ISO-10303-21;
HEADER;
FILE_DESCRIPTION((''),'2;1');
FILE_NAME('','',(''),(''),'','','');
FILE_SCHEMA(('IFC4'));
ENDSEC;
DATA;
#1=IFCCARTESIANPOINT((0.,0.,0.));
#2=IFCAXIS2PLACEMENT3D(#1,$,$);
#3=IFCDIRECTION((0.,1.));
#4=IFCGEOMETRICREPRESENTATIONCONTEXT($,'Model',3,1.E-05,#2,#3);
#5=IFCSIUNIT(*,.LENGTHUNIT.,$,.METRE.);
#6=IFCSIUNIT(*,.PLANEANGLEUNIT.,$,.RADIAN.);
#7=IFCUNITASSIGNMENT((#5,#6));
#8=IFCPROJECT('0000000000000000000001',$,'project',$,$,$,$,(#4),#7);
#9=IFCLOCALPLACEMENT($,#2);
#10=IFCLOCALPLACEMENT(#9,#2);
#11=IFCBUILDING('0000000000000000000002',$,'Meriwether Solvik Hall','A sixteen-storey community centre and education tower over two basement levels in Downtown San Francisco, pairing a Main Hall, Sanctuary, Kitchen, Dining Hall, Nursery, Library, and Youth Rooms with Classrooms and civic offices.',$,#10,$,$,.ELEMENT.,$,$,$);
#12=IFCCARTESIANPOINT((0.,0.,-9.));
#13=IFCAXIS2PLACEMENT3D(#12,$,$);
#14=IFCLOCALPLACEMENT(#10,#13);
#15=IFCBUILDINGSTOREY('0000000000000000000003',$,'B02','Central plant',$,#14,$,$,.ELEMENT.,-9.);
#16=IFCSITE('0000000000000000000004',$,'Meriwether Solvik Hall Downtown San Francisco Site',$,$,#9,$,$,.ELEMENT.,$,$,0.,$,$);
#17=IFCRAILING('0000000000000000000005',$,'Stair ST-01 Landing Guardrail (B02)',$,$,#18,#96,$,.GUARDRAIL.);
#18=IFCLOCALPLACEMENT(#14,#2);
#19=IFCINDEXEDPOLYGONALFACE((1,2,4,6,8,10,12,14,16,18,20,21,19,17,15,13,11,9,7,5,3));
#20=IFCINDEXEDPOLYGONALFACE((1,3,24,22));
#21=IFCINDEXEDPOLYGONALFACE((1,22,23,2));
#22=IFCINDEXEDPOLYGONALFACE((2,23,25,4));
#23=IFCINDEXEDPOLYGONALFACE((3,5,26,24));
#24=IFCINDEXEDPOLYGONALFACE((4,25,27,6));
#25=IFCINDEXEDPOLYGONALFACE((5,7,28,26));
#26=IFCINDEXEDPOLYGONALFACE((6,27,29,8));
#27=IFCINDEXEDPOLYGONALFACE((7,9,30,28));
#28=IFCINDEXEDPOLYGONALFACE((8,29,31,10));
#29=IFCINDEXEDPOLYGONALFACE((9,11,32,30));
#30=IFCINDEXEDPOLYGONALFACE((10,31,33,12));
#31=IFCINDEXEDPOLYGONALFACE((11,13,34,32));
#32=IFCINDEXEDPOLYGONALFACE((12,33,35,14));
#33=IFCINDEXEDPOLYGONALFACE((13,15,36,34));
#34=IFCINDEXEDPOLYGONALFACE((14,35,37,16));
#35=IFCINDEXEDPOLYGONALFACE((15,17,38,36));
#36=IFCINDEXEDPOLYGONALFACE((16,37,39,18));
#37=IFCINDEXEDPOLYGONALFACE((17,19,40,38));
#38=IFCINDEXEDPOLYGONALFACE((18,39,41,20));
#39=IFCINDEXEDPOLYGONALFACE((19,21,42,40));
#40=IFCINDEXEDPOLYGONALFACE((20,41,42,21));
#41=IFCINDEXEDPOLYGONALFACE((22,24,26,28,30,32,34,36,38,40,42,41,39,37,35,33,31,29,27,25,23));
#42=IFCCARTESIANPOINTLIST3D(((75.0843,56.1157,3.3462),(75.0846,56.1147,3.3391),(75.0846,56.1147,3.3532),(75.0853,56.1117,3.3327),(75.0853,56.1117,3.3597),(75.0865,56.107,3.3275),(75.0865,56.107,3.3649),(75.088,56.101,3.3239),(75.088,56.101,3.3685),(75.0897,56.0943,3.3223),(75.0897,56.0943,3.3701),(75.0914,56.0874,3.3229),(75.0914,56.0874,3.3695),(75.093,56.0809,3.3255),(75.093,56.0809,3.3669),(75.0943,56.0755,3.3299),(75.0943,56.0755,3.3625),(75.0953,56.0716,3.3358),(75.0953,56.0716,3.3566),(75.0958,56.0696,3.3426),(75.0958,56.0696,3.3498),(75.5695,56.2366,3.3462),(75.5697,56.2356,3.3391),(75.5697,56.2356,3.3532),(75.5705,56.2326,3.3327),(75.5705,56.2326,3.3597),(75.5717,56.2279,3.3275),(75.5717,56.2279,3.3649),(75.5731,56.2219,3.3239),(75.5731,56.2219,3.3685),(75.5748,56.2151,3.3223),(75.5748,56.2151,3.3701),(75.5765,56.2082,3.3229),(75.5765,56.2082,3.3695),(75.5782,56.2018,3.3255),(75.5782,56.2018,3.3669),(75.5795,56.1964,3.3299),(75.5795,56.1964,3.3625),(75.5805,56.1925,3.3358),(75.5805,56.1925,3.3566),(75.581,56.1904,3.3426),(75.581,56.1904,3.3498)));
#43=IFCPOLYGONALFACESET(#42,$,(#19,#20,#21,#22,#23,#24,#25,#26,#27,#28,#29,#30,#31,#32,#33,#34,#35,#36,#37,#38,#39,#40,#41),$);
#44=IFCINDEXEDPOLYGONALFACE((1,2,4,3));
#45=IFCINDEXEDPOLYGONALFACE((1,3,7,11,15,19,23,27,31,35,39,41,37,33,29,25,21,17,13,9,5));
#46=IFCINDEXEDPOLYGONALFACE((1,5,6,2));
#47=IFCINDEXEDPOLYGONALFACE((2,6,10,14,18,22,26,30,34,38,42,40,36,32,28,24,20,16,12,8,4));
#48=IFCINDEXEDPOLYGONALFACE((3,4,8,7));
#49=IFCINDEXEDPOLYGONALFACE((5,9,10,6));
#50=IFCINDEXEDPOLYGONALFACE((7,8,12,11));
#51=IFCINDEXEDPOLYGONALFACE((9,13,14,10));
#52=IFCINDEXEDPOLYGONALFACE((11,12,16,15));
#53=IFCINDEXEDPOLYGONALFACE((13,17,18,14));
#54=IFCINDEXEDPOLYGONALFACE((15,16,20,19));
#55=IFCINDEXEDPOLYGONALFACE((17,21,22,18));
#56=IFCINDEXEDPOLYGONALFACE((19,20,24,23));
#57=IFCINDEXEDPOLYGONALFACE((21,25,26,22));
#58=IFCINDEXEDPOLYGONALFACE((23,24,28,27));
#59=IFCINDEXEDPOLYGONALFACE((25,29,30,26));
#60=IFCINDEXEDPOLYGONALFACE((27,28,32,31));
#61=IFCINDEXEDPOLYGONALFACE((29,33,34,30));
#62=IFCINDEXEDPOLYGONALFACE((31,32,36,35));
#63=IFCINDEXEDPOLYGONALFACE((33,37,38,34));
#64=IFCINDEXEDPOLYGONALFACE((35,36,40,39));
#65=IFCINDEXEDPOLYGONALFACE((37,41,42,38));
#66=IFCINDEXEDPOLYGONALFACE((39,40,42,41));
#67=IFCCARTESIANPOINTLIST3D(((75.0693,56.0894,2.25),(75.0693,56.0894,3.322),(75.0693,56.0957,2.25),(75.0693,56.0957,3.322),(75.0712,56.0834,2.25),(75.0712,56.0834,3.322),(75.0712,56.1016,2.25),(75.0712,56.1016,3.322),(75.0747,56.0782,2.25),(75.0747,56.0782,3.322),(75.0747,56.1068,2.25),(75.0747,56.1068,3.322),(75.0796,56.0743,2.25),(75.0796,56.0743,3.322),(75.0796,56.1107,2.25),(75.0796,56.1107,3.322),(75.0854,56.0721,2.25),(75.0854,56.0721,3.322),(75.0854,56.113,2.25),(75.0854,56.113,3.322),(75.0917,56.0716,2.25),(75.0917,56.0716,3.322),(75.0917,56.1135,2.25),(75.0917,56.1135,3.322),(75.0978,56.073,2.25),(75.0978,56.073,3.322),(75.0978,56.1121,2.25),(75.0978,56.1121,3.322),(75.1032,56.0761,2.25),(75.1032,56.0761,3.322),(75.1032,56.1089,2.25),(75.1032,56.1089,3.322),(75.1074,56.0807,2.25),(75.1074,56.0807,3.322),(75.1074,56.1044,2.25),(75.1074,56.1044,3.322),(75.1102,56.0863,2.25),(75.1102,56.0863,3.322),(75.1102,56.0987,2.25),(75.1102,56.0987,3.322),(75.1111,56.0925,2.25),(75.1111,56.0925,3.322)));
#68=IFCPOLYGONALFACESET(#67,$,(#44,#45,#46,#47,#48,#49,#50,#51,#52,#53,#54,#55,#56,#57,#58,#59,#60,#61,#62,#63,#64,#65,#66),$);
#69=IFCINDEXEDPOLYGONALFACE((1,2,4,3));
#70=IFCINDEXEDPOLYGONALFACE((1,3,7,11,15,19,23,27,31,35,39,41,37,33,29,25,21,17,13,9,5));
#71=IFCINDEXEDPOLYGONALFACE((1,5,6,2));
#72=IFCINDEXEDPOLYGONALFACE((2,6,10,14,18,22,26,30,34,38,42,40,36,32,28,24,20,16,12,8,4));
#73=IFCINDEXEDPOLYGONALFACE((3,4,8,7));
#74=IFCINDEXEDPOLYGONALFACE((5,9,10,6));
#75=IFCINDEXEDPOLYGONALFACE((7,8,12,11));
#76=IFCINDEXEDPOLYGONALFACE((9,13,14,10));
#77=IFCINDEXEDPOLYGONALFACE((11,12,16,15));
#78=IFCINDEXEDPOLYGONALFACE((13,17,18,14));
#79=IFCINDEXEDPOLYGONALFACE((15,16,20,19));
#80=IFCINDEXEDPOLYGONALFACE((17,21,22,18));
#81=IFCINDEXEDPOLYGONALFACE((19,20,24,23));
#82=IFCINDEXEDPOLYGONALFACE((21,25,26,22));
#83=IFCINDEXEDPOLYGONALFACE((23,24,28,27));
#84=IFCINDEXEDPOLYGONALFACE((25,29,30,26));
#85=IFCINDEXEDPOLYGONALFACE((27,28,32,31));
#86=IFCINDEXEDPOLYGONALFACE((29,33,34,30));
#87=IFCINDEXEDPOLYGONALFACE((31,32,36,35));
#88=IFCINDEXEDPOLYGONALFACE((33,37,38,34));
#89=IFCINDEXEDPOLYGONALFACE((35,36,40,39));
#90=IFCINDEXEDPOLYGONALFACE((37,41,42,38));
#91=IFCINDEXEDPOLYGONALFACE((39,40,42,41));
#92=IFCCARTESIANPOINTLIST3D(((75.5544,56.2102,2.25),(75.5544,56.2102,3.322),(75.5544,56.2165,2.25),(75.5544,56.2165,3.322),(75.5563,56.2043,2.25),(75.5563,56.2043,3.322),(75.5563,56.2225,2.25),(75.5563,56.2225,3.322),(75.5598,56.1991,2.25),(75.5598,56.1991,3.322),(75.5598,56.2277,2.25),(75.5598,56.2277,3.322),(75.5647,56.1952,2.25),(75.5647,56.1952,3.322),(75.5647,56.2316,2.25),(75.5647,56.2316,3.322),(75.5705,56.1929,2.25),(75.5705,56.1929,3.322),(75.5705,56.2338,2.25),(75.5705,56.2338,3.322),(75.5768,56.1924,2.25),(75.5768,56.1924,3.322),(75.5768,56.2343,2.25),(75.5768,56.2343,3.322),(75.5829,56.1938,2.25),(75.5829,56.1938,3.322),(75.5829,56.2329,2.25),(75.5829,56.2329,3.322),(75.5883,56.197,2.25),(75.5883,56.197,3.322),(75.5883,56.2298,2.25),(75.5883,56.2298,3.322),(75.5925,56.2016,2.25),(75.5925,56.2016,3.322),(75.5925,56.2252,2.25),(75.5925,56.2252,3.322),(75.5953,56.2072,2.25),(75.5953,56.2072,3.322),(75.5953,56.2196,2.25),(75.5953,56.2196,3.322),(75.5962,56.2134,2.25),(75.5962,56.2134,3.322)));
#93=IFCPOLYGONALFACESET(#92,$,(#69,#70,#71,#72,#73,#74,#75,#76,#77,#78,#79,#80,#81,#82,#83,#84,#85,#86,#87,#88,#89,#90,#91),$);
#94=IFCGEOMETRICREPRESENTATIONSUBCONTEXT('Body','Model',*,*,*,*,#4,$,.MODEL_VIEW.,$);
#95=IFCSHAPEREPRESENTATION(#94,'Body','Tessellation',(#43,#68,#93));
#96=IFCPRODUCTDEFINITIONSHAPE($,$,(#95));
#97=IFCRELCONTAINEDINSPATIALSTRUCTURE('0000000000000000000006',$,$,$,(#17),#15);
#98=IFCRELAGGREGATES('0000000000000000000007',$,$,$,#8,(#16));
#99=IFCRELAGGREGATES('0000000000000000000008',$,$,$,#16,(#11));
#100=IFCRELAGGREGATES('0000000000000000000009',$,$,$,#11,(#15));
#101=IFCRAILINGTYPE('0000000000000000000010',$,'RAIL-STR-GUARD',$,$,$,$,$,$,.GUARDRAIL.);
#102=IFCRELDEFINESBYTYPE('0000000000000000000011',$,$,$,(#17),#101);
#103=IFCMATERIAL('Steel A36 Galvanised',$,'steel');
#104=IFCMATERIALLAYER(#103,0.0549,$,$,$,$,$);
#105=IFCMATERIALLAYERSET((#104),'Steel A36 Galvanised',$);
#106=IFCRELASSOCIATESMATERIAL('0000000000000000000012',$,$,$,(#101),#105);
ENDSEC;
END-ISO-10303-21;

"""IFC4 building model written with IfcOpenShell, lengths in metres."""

from ifc_helpers import new_model, si_unit, direction, frame, origin, origin_2d, place, context, subcontext, project, spatial, circle, extrude, material, layer, layer_set, type_object, element, save


model = new_model("IFC4")

# Units and contexts
model_context = context("Model", 3, precision=1e-05, world=origin(), true_north=direction((0.0, 1.0)))
body_context = subcontext(model_context, "Body", "Model", "MODEL_VIEW")
ifc_project = project(units=[si_unit("LENGTHUNIT", "METRE"), si_unit("PLANEANGLEUNIT", "RADIAN")], contexts=[model_context])

# Site, building, storey
site_placement = place(None, origin())
site = spatial("IfcSite", under=ifc_project, at=site_placement, Name="Meriwether Solvik Hall Downtown San Francisco Site", CompositionType="ELEMENT", RefElevation=0.0)
building_placement = place(site_placement, origin())
building = spatial("IfcBuilding", under=site, at=building_placement, Name="Meriwether Solvik Hall", Description="A sixteen-storey community centre and education tower over two basement levels in Downtown San Francisco, pairing a Main Hall, Sanctuary, Kitchen, Dining Hall, Nursery, Library, and Youth Rooms with Classrooms and civic offices.", CompositionType="ELEMENT")
storey_placement = place(building_placement, frame((0.0, 0.0, -9.0)))
storey = spatial("IfcBuildingStorey", under=building, at=storey_placement, Name="B02", Description="Central plant", CompositionType="ELEMENT", Elevation=-9.0)

# Railing
ifc_material_1 = material(Name="Steel A36 Galvanised", Category="steel")
ifc_layer_1 = layer(ifc_material_1, 0.0549)
ifc_layer_set_1 = layer_set([ifc_layer_1], Name="Steel A36 Galvanised")
railing_type_1 = type_object("IfcRailingType", Name="RAIL-STR-GUARD", PredefinedType="GUARDRAIL", material=ifc_layer_set_1)
railing_1_placement = place(storey_placement, frame((75.0901, 56.0925, 2.25)))
element("IfcRailing", 1, at=railing_1_placement, inside=storey, type_object=railing_type_1, Name="Stair ST-01 Landing Guardrail (B02)", PredefinedType="GUARDRAIL", context=body_context, shape_type="SweptSolid", body=[
    extrude(circle(Radius=0.0239, at=origin_2d()), frame((0.0, 0.0, 1.0962), z_axis=(0.970343, 0.241731, 0.0), x_axis=(-0.241731, 0.970343, 0.0)), (0.0, 0.0, 1.0), 0.5),
    extrude(circle(Radius=0.021, at=origin_2d()), origin(), (0.0, 0.0, 1.0), 1.072),
    extrude(circle(Radius=0.021, at=origin_2d()), frame((0.4851, 0.1208, 0.0)), (0.0, 0.0, 1.0), 1.072),
])

save(model, "model.ifc")
